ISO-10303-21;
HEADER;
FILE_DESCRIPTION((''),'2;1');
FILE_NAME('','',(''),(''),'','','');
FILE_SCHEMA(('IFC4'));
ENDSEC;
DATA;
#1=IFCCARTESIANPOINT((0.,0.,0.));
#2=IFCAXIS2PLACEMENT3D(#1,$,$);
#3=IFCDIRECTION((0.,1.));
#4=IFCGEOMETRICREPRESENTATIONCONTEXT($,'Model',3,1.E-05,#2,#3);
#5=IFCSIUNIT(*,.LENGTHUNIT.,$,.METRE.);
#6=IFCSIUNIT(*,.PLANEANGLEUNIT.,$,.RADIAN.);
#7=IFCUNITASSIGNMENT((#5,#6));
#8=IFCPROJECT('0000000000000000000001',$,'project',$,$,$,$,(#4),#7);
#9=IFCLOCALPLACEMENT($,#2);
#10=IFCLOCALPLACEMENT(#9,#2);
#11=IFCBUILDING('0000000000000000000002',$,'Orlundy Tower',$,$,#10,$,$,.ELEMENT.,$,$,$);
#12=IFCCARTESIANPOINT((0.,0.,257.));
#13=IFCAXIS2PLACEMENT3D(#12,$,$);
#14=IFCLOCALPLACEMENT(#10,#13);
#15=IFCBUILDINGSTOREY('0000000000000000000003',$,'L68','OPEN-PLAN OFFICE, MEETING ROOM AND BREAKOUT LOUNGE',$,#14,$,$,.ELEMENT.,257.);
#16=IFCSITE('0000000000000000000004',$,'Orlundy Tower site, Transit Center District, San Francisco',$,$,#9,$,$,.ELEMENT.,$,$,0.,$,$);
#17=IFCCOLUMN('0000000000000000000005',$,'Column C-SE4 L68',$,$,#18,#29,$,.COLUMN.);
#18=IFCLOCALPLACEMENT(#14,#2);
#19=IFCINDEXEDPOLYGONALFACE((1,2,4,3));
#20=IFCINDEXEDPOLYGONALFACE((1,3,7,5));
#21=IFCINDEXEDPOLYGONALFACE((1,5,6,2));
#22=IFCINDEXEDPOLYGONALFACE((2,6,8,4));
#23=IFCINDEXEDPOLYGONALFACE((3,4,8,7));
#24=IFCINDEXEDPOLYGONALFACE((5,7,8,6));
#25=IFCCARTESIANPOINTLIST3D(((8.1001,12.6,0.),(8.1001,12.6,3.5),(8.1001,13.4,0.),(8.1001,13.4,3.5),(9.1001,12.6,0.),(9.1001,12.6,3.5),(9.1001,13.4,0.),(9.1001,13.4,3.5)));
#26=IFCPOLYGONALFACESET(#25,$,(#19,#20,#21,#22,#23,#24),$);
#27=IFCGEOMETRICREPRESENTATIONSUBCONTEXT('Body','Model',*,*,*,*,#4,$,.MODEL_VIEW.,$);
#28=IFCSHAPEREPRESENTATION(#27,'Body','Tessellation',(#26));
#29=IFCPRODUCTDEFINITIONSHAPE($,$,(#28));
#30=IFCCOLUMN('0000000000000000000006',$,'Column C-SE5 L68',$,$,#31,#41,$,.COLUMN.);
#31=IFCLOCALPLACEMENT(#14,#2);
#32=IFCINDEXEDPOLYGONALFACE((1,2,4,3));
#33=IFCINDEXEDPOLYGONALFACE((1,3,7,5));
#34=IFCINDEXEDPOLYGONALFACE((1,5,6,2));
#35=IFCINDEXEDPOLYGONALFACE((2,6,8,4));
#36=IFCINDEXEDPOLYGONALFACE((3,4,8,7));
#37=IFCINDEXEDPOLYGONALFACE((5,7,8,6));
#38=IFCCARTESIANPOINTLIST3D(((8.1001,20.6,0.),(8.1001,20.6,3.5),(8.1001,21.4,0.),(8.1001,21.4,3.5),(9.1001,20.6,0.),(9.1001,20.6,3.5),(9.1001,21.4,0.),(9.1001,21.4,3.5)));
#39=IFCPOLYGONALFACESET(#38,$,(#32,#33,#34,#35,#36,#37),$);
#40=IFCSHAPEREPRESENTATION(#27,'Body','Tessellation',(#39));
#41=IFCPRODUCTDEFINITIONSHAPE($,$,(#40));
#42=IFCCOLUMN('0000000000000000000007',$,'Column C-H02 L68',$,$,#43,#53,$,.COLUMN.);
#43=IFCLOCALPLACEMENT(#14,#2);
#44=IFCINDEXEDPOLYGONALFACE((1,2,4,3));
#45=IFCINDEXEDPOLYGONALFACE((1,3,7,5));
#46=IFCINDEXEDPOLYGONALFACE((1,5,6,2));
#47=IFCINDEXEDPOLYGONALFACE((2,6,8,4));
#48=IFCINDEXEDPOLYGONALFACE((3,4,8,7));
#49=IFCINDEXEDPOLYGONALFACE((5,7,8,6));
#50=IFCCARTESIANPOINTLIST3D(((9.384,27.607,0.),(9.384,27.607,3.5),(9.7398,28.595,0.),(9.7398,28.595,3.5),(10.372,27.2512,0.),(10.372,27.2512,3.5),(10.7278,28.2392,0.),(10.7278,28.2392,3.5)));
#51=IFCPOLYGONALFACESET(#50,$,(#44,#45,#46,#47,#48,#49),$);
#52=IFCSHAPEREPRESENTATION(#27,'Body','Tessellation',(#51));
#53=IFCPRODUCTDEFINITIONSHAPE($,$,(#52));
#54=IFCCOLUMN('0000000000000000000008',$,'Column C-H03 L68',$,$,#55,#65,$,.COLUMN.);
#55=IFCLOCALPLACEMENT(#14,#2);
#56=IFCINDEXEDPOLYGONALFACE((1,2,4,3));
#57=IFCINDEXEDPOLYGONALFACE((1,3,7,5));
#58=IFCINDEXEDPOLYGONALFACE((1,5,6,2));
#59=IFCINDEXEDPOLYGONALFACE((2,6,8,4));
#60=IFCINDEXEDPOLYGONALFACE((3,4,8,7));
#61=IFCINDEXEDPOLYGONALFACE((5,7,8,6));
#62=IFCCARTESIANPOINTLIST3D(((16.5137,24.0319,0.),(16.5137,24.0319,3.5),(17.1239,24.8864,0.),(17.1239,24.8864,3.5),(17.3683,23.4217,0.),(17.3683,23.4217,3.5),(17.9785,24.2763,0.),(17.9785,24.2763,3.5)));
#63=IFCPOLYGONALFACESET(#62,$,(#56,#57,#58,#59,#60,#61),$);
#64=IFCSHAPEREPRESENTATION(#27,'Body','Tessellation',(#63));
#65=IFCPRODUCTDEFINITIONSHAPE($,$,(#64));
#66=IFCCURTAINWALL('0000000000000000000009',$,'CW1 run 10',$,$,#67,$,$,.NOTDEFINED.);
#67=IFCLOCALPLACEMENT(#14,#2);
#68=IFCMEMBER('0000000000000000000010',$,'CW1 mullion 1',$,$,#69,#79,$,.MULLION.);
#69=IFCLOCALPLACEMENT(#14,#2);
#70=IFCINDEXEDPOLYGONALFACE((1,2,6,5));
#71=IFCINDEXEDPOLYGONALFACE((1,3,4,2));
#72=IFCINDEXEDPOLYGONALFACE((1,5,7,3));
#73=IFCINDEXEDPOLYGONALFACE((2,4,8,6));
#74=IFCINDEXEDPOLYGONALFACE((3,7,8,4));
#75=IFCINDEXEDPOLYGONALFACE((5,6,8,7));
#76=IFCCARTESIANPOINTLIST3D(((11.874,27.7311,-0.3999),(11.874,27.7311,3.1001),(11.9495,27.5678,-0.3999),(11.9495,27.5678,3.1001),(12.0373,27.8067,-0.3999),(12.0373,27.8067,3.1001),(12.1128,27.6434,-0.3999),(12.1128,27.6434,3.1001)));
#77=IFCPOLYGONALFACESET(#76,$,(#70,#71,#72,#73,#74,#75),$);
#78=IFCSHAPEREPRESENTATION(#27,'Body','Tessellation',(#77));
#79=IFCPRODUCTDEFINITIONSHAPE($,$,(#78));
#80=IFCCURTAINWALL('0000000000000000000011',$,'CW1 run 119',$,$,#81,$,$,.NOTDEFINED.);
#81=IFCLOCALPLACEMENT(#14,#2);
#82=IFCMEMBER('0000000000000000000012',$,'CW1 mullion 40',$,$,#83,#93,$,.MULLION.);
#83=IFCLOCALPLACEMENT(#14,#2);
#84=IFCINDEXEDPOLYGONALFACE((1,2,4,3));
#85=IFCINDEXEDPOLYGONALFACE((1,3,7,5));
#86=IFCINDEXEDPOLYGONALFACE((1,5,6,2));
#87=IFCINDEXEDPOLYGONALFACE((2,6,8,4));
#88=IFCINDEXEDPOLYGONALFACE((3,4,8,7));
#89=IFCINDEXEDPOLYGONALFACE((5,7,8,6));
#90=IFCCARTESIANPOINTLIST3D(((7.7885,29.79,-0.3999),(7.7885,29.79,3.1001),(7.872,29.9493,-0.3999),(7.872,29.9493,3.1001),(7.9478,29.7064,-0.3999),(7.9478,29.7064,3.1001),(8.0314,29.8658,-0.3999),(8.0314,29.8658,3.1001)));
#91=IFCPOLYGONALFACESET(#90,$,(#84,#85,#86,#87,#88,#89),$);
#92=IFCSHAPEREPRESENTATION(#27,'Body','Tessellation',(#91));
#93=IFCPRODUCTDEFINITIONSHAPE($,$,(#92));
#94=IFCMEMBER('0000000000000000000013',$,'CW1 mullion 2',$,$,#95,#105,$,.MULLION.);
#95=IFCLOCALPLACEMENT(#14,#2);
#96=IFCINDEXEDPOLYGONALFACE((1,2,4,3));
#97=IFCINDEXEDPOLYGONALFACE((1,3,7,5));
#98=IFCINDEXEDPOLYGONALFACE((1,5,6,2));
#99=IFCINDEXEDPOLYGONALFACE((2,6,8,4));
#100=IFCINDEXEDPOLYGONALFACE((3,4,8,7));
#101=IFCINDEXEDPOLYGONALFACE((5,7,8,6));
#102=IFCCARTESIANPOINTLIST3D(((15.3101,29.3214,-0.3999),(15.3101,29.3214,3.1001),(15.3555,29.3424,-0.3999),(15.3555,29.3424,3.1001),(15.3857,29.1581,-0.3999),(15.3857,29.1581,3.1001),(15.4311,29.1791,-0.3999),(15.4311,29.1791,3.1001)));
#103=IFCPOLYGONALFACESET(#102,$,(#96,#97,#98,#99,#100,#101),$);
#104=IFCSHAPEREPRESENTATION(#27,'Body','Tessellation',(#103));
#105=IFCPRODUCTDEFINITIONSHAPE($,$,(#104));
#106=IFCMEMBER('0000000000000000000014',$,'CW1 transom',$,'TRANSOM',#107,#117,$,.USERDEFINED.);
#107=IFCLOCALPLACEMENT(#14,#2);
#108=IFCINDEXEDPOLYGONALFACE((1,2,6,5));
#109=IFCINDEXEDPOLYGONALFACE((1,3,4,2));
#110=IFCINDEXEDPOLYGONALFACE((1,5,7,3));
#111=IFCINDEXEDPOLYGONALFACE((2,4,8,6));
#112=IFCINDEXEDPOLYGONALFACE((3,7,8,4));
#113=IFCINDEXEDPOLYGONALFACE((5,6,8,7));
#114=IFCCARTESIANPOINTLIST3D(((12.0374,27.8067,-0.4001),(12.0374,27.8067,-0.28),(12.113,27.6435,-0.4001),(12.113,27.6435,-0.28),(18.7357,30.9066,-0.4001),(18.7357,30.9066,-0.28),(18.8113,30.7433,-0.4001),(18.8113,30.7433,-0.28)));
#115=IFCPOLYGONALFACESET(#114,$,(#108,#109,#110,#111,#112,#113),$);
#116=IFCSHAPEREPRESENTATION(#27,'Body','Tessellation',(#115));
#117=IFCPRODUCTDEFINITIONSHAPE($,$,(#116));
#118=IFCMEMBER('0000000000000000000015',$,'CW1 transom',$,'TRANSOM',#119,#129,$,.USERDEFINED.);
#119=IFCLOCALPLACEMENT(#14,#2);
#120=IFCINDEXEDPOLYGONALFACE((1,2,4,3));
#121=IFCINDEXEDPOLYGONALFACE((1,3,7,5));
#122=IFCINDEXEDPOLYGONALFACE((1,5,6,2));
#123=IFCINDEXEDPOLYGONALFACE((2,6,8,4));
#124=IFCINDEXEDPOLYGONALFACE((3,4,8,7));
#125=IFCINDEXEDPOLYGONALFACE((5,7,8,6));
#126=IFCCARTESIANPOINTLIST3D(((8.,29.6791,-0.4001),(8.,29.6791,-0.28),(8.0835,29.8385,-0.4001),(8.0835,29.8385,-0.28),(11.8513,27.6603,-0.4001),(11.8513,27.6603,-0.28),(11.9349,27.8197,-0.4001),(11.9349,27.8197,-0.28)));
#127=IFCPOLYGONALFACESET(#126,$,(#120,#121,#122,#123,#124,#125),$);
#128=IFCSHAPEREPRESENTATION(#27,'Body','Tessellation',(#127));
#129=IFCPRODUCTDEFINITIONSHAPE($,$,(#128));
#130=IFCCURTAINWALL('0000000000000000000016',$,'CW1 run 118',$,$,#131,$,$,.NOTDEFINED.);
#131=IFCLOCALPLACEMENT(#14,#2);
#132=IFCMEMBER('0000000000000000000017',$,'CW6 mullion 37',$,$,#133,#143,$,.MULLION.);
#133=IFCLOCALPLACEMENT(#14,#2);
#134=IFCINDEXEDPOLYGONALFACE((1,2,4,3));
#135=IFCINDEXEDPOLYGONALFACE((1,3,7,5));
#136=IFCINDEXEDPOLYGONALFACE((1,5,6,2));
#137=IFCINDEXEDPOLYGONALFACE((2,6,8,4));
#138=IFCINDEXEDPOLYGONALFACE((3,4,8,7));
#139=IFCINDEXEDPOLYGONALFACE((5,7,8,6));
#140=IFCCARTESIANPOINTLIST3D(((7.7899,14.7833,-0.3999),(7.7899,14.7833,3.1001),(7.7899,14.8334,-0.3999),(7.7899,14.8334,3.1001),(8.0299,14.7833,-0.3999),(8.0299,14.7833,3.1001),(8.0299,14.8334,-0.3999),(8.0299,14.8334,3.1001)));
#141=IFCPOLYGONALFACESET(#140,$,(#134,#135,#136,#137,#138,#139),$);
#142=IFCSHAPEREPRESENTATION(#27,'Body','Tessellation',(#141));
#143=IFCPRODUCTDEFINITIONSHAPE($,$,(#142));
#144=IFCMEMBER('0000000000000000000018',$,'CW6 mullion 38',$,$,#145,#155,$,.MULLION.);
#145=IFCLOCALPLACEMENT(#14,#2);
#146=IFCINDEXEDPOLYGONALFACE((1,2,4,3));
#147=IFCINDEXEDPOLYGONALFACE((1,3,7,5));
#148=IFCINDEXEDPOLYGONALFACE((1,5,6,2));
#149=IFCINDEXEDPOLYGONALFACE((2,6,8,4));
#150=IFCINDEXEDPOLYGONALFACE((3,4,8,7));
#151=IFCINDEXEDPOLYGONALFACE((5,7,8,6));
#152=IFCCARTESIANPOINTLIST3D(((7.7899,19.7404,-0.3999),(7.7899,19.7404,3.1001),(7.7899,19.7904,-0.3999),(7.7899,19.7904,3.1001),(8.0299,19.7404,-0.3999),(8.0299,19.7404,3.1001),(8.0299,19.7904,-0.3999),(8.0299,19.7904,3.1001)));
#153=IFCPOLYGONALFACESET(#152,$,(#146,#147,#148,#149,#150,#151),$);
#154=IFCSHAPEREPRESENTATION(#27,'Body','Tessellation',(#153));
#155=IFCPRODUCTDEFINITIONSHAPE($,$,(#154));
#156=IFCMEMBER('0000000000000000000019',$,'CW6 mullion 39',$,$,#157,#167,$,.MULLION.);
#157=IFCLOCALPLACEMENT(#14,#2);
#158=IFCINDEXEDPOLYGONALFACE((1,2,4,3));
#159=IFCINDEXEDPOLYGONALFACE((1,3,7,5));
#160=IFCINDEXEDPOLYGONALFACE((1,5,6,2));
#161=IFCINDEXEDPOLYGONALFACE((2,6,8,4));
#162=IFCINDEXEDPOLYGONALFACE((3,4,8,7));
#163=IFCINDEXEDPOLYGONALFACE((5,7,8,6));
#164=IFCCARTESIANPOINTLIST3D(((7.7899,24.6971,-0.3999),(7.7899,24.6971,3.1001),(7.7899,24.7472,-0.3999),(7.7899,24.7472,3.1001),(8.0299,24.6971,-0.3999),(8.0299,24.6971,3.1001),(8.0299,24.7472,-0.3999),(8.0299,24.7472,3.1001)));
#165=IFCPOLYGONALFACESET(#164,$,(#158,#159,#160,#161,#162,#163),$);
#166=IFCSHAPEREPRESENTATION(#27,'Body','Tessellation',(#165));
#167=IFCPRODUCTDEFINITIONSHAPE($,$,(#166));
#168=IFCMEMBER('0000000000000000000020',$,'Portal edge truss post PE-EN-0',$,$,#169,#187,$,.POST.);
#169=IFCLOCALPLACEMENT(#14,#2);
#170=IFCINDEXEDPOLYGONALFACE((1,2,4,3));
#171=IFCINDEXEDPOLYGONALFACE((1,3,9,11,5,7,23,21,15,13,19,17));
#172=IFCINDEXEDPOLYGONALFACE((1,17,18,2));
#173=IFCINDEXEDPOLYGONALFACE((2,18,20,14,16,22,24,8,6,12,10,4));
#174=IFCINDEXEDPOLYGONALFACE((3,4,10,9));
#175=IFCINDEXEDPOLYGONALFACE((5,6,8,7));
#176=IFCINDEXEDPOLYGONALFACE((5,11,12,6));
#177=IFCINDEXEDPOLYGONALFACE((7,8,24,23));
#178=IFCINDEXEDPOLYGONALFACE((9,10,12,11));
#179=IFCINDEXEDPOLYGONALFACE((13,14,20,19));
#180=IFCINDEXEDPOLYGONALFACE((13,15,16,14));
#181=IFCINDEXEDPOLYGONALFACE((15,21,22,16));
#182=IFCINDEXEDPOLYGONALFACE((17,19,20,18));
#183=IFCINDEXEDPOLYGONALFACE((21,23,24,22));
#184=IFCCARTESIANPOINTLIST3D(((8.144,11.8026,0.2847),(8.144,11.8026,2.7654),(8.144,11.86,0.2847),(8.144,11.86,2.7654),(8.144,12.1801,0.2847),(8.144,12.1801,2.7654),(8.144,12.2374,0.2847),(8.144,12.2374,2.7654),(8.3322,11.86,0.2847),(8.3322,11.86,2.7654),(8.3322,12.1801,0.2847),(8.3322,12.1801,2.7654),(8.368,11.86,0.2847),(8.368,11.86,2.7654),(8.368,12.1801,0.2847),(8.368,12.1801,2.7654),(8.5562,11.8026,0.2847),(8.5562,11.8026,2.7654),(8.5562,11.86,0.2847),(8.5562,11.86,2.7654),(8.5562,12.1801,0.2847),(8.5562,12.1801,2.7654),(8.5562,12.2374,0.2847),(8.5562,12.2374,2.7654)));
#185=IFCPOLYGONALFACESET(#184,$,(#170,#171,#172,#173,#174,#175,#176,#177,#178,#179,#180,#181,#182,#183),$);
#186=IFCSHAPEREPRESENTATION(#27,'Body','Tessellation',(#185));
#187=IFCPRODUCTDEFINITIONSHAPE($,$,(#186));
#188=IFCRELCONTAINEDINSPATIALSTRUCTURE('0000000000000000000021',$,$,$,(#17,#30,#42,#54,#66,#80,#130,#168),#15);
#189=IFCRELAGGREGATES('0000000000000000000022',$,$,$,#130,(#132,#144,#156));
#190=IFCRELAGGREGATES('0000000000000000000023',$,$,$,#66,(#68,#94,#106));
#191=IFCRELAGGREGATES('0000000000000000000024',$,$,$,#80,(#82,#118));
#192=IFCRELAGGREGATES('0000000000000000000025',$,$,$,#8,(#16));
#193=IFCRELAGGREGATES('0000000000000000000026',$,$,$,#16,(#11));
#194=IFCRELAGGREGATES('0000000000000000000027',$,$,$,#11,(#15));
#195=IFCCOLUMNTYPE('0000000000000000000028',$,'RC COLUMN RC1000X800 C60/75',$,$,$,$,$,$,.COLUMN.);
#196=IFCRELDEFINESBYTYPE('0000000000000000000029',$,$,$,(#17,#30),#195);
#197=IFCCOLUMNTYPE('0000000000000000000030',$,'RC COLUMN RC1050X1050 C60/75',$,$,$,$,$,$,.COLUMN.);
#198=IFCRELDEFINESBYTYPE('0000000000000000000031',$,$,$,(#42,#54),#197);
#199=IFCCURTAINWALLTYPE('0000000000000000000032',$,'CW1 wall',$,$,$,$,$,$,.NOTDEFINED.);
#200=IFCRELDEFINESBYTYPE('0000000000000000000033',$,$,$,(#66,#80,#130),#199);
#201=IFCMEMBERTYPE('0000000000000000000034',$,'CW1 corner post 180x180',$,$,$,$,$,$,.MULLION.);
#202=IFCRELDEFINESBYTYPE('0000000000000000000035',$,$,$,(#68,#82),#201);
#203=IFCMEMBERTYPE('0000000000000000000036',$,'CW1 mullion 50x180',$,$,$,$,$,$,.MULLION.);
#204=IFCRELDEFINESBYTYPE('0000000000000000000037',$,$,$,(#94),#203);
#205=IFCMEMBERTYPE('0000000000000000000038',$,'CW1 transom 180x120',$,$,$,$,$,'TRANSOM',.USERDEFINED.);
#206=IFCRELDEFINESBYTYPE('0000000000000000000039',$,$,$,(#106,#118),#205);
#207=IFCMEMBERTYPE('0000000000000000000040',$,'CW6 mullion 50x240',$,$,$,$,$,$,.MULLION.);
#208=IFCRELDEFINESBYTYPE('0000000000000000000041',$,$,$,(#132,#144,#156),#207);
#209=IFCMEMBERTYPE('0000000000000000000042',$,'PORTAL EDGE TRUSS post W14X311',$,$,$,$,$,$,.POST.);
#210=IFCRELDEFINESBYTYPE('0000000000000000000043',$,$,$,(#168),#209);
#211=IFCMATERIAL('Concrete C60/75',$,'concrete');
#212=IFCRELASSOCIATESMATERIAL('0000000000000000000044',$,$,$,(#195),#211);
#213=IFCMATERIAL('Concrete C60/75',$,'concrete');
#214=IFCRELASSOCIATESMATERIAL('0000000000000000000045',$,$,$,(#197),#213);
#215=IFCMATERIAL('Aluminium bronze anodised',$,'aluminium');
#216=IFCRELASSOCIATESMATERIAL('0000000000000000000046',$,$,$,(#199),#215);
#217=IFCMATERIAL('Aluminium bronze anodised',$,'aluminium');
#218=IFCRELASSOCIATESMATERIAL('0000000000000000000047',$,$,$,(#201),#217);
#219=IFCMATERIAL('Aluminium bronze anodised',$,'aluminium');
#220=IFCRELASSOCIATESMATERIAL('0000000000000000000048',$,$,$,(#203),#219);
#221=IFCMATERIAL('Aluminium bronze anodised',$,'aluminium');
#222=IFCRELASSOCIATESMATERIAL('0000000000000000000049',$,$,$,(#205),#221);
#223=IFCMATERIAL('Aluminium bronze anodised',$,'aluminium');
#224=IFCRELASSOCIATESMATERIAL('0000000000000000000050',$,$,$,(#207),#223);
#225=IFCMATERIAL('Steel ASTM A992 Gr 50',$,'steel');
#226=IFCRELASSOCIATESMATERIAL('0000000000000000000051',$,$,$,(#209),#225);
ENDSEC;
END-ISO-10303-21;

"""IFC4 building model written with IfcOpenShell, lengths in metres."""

from ifc_helpers import new_model, si_unit, direction, frame, origin, origin_2d, place, context, subcontext, project, spatial, rectangle, i_section, extrude, material, material_profile, profile_set, type_object, element, aggregate, save


model = new_model("IFC4")

# Units and contexts
model_context = context("Model", 3, precision=1e-05, world=origin(), true_north=direction((0.0, 1.0)))
body_context = subcontext(model_context, "Body", "Model", "MODEL_VIEW")
ifc_project = project(units=[si_unit("LENGTHUNIT", "METRE"), si_unit("PLANEANGLEUNIT", "RADIAN")], contexts=[model_context])

# Site, building, storey
site_placement = place(None, origin())
site = spatial("IfcSite", under=ifc_project, at=site_placement, Name="Orlundy Tower site, Transit Center District, San Francisco", CompositionType="ELEMENT", RefElevation=0.0)
building_placement = place(site_placement, origin())
building = spatial("IfcBuilding", under=site, at=building_placement, Name="Orlundy Tower", CompositionType="ELEMENT")
storey_placement = place(building_placement, frame((0.0, 0.0, 257.0)))
storey = spatial("IfcBuildingStorey", under=building, at=storey_placement, Name="L68", Description="OPEN-PLAN OFFICE, MEETING ROOM AND BREAKOUT LOUNGE", CompositionType="ELEMENT", Elevation=257.0)

# Columns
ifc_material_1 = material(Name="Concrete C60/75", Category="concrete")
ifc_material_profile_1 = material_profile(ifc_material_1, rectangle(XDim=1.0, YDim=0.8, at=origin_2d()), Name="RC1000X800")
ifc_profile_set_1 = profile_set([ifc_material_profile_1], Name="Concrete C60/75")
column_type_1 = type_object("IfcColumnType", Name="RC COLUMN RC1000X800 C60/75", PredefinedType="COLUMN", material=ifc_profile_set_1)
for number, where, z_axis, x_axis, name in (
    (1, (8.6001, 13.0, 0.0), (0.0, 0.0, 1.0), (1.0, 0.0, 0.0), "Column C-SE4 L68"),
    (2, (8.6001, 21.0, 0.0), (0.0, 0.0, 1.0), (1.0, 0.0, 0.0), "Column C-SE5 L68"),
):
    element("IfcColumn", number, at=place(storey_placement, frame(where, z_axis=z_axis, x_axis=x_axis)), inside=storey, type_object=column_type_1, Name=name, PredefinedType="COLUMN", context=body_context, shape_type="SweptSolid", body=[
        extrude(rectangle(XDim=1.0, YDim=0.8, at=origin_2d()), origin(), (0.0, 0.0, 1.0), 3.5),
    ])
ifc_material_2 = material(Name="Concrete C60/75", Category="concrete")
ifc_material_profile_2 = material_profile(ifc_material_2, rectangle(XDim=1.05, YDim=1.05, at=origin_2d()), Name="RC1050X1050")
ifc_profile_set_2 = profile_set([ifc_material_profile_2], Name="Concrete C60/75")
column_type_2 = type_object("IfcColumnType", Name="RC COLUMN RC1050X1050 C60/75", PredefinedType="COLUMN", material=ifc_profile_set_2)
for number, where, z_axis, x_axis, name in (
    (3, (10.0559, 27.9231, 0.0), (0.0, 0.0, 1.0), (0.338836, 0.940845, 0.0), "Column C-H02 L68"),
    (4, (17.2461, 24.1541, 0.0), (0.0, 0.0, 1.0), (0.581087, 0.813842, 0.0), "Column C-H03 L68"),
):
    element("IfcColumn", number, at=place(storey_placement, frame(where, z_axis=z_axis, x_axis=x_axis)), inside=storey, type_object=column_type_2, Name=name, PredefinedType="COLUMN", context=body_context, shape_type="SweptSolid", body=[
        extrude(rectangle(XDim=1.05, YDim=1.05, at=origin_2d()), origin(), (0.0, 0.0, 1.0), 3.5),
    ])

# Curtain walls, members
ifc_material_3 = material(Name="Aluminium bronze anodised", Category="aluminium")
curtain_wall_type = type_object("IfcCurtainWallType", Name="CW1 wall", PredefinedType="NOTDEFINED", material=ifc_material_3)
curtain_wall_1_placement = place(storey_placement, origin())
curtain_wall_1 = element("IfcCurtainWall", 5, at=curtain_wall_1_placement, inside=storey, type_object=curtain_wall_type, Name="CW1 run 10", PredefinedType="NOTDEFINED")
ifc_material_4 = material(Name="Aluminium bronze anodised", Category="aluminium")
ifc_material_profile_3 = material_profile(ifc_material_4, rectangle(XDim=0.1799, YDim=0.1799, at=origin_2d()), Name="CW1 corner post 180x180")
ifc_profile_set_3 = profile_set([ifc_material_profile_3], Name="Aluminium bronze anodised")
member_type_1 = type_object("IfcMemberType", Name="CW1 corner post 180x180", PredefinedType="MULLION", material=ifc_profile_set_3)
member_1_placement = place(storey_placement, frame((11.9934, 27.6873, -0.3999), z_axis=(0.0, 0.0, 1.0), x_axis=(-0.419976, 0.907535, 0.0)))
member_1 = element("IfcMember", 6, at=member_1_placement, type_object=member_type_1, Name="CW1 mullion 1", PredefinedType="MULLION", context=body_context, shape_type="SweptSolid", body=[
    extrude(rectangle(XDim=0.1799, YDim=0.1799, at=origin_2d()), origin(), (0.0, 0.0, 1.0), 3.5),
])
curtain_wall_2_placement = place(storey_placement, origin())
curtain_wall_2 = element("IfcCurtainWall", 7, at=curtain_wall_2_placement, inside=storey, type_object=curtain_wall_type, Name="CW1 run 119", PredefinedType="NOTDEFINED")
member_2_placement = place(storey_placement, frame((7.9099, 29.8279, -0.3999), z_axis=(0.0, 0.0, 1.0), x_axis=(0.464264, 0.885697, 0.0)))
member_2 = element("IfcMember", 8, at=member_2_placement, type_object=member_type_1, Name="CW1 mullion 40", PredefinedType="MULLION", context=body_context, shape_type="SweptSolid", body=[
    extrude(rectangle(XDim=0.1799, YDim=0.1799, at=origin_2d()), origin(), (0.0, 0.0, 1.0), 3.5),
])

# Members
ifc_material_5 = material(Name="Aluminium bronze anodised", Category="aluminium")
ifc_material_profile_4 = material_profile(ifc_material_5, rectangle(XDim=0.1799, YDim=0.05, at=origin_2d()), Name="CW1 mullion 50x180")
ifc_profile_set_4 = profile_set([ifc_material_profile_4], Name="Aluminium bronze anodised")
member_type_2 = type_object("IfcMemberType", Name="CW1 mullion 50x180", PredefinedType="MULLION", material=ifc_profile_set_4)
member_3_placement = place(storey_placement, frame((15.3706, 29.2502, -0.3999), z_axis=(0.0, 0.0, 1.0), x_axis=(-0.419976, 0.907535, 0.0)))
member_3 = element("IfcMember", 9, at=member_3_placement, type_object=member_type_2, Name="CW1 mullion 2", PredefinedType="MULLION", context=body_context, shape_type="SweptSolid", body=[
    extrude(rectangle(XDim=0.1799, YDim=0.05, at=origin_2d()), origin(), (0.0, 0.0, 1.0), 3.5),
])
ifc_material_6 = material(Name="Aluminium bronze anodised", Category="aluminium")
ifc_material_profile_5 = material_profile(ifc_material_6, rectangle(XDim=0.1799, YDim=0.1201, at=origin_2d()), Name="CW1 transom 180x120")
ifc_profile_set_5 = profile_set([ifc_material_profile_5], Name="Aluminium bronze anodised")
member_type_3 = type_object("IfcMemberType", Name="CW1 transom 180x120", ElementType="TRANSOM", PredefinedType="USERDEFINED", material=ifc_profile_set_5)
member_4_placement = place(storey_placement, frame((12.0752, 27.7251, -0.3401), z_axis=(0.907528, 0.419991, 0.0), x_axis=(-0.419991, 0.907528, 0.0)))
member_4 = element("IfcMember", 10, at=member_4_placement, type_object=member_type_3, Name="CW1 transom", ObjectType="TRANSOM", PredefinedType="USERDEFINED", context=body_context, shape_type="SweptSolid", body=[
    extrude(rectangle(XDim=0.1799, YDim=0.1201, at=origin_2d()), origin(), (0.0, 0.0, 1.0), 7.3809),
])
member_5_placement = place(storey_placement, frame((8.0417, 29.7588, -0.3401), z_axis=(0.885695, -0.464267, 0.0), x_axis=(0.464267, 0.885695, 0.0)))
member_5 = element("IfcMember", 11, at=member_5_placement, type_object=member_type_3, Name="CW1 transom", ObjectType="TRANSOM", PredefinedType="USERDEFINED", context=body_context, shape_type="SweptSolid", body=[
    extrude(rectangle(XDim=0.1799, YDim=0.1201, at=origin_2d()), origin(), (0.0, 0.0, 1.0), 4.3484),
])

# Curtain wall, members
curtain_wall_3_placement = place(storey_placement, origin())
curtain_wall_3 = element("IfcCurtainWall", 12, at=curtain_wall_3_placement, inside=storey, type_object=curtain_wall_type, Name="CW1 run 118", PredefinedType="NOTDEFINED")
ifc_material_7 = material(Name="Aluminium bronze anodised", Category="aluminium")
ifc_material_profile_6 = material_profile(ifc_material_7, rectangle(XDim=0.24, YDim=0.05, at=origin_2d()), Name="CW6 mullion 50x240")
ifc_profile_set_6 = profile_set([ifc_material_profile_6], Name="Aluminium bronze anodised")
member_type_4 = type_object("IfcMemberType", Name="CW6 mullion 50x240", PredefinedType="MULLION", material=ifc_profile_set_6)
member_6_placement = place(storey_placement, frame((7.9099, 14.8083, -0.3999), z_axis=(0.0, 0.0, 1.0), x_axis=(-1.0, 0.0, 0.0)))
member_6 = element("IfcMember", 13, at=member_6_placement, type_object=member_type_4, Name="CW6 mullion 37", PredefinedType="MULLION", context=body_context, shape_type="SweptSolid", body=[
    extrude(rectangle(XDim=0.24, YDim=0.05, at=origin_2d()), origin(), (0.0, 0.0, 1.0), 3.5),
])
member_7_placement = place(storey_placement, frame((7.9099, 19.7654, -0.3999), z_axis=(0.0, 0.0, 1.0), x_axis=(-1.0, 0.0, 0.0)))
member_7 = element("IfcMember", 14, at=member_7_placement, type_object=member_type_4, Name="CW6 mullion 38", PredefinedType="MULLION", context=body_context, shape_type="SweptSolid", body=[
    extrude(rectangle(XDim=0.24, YDim=0.05, at=origin_2d()), origin(), (0.0, 0.0, 1.0), 3.5),
])
member_8_placement = place(storey_placement, frame((7.9099, 24.7222, -0.3999), z_axis=(0.0, 0.0, 1.0), x_axis=(-1.0, 0.0, 0.0)))
member_8 = element("IfcMember", 15, at=member_8_placement, type_object=member_type_4, Name="CW6 mullion 39", PredefinedType="MULLION", context=body_context, shape_type="SweptSolid", body=[
    extrude(rectangle(XDim=0.24, YDim=0.05, at=origin_2d()), origin(), (0.0, 0.0, 1.0), 3.5),
])
aggregate(curtain_wall_3, [member_6, member_7, member_8])

# Member
ifc_material_8 = material(Name="Steel ASTM A992 Gr 50", Category="steel")
ifc_material_profile_7 = material_profile(ifc_material_8, i_section(OverallWidth=0.4121, OverallDepth=0.4348, WebThickness=0.0359, FlangeThickness=0.0574, at=origin_2d()), Name="W14X311")
ifc_profile_set_7 = profile_set([ifc_material_profile_7], Name="Steel ASTM A992 Gr 50")
member_type_5 = type_object("IfcMemberType", Name="PORTAL EDGE TRUSS post W14X311", PredefinedType="POST", material=ifc_profile_set_7)
for number, where, z_axis, x_axis, name in (
    (16, (8.3501, 12.02, 0.2847), (0.0, 0.0, 1.0), (1.0, 0.0, 0.0), "Portal edge truss post PE-EN-0"),
):
    element("IfcMember", number, at=place(storey_placement, frame(where, z_axis=z_axis, x_axis=x_axis)), inside=storey, type_object=member_type_5, Name=name, PredefinedType="POST", context=body_context, shape_type="SweptSolid", body=[
        extrude(i_section(OverallWidth=0.4121, OverallDepth=0.4348, WebThickness=0.0359, FlangeThickness=0.0574, at=origin_2d()), origin(), (0.0, 0.0, 1.0), 2.4807),
    ])

aggregate(curtain_wall_1, [member_1, member_3, member_4])
aggregate(curtain_wall_2, [member_2, member_5])

save(model, "model.ifc")
